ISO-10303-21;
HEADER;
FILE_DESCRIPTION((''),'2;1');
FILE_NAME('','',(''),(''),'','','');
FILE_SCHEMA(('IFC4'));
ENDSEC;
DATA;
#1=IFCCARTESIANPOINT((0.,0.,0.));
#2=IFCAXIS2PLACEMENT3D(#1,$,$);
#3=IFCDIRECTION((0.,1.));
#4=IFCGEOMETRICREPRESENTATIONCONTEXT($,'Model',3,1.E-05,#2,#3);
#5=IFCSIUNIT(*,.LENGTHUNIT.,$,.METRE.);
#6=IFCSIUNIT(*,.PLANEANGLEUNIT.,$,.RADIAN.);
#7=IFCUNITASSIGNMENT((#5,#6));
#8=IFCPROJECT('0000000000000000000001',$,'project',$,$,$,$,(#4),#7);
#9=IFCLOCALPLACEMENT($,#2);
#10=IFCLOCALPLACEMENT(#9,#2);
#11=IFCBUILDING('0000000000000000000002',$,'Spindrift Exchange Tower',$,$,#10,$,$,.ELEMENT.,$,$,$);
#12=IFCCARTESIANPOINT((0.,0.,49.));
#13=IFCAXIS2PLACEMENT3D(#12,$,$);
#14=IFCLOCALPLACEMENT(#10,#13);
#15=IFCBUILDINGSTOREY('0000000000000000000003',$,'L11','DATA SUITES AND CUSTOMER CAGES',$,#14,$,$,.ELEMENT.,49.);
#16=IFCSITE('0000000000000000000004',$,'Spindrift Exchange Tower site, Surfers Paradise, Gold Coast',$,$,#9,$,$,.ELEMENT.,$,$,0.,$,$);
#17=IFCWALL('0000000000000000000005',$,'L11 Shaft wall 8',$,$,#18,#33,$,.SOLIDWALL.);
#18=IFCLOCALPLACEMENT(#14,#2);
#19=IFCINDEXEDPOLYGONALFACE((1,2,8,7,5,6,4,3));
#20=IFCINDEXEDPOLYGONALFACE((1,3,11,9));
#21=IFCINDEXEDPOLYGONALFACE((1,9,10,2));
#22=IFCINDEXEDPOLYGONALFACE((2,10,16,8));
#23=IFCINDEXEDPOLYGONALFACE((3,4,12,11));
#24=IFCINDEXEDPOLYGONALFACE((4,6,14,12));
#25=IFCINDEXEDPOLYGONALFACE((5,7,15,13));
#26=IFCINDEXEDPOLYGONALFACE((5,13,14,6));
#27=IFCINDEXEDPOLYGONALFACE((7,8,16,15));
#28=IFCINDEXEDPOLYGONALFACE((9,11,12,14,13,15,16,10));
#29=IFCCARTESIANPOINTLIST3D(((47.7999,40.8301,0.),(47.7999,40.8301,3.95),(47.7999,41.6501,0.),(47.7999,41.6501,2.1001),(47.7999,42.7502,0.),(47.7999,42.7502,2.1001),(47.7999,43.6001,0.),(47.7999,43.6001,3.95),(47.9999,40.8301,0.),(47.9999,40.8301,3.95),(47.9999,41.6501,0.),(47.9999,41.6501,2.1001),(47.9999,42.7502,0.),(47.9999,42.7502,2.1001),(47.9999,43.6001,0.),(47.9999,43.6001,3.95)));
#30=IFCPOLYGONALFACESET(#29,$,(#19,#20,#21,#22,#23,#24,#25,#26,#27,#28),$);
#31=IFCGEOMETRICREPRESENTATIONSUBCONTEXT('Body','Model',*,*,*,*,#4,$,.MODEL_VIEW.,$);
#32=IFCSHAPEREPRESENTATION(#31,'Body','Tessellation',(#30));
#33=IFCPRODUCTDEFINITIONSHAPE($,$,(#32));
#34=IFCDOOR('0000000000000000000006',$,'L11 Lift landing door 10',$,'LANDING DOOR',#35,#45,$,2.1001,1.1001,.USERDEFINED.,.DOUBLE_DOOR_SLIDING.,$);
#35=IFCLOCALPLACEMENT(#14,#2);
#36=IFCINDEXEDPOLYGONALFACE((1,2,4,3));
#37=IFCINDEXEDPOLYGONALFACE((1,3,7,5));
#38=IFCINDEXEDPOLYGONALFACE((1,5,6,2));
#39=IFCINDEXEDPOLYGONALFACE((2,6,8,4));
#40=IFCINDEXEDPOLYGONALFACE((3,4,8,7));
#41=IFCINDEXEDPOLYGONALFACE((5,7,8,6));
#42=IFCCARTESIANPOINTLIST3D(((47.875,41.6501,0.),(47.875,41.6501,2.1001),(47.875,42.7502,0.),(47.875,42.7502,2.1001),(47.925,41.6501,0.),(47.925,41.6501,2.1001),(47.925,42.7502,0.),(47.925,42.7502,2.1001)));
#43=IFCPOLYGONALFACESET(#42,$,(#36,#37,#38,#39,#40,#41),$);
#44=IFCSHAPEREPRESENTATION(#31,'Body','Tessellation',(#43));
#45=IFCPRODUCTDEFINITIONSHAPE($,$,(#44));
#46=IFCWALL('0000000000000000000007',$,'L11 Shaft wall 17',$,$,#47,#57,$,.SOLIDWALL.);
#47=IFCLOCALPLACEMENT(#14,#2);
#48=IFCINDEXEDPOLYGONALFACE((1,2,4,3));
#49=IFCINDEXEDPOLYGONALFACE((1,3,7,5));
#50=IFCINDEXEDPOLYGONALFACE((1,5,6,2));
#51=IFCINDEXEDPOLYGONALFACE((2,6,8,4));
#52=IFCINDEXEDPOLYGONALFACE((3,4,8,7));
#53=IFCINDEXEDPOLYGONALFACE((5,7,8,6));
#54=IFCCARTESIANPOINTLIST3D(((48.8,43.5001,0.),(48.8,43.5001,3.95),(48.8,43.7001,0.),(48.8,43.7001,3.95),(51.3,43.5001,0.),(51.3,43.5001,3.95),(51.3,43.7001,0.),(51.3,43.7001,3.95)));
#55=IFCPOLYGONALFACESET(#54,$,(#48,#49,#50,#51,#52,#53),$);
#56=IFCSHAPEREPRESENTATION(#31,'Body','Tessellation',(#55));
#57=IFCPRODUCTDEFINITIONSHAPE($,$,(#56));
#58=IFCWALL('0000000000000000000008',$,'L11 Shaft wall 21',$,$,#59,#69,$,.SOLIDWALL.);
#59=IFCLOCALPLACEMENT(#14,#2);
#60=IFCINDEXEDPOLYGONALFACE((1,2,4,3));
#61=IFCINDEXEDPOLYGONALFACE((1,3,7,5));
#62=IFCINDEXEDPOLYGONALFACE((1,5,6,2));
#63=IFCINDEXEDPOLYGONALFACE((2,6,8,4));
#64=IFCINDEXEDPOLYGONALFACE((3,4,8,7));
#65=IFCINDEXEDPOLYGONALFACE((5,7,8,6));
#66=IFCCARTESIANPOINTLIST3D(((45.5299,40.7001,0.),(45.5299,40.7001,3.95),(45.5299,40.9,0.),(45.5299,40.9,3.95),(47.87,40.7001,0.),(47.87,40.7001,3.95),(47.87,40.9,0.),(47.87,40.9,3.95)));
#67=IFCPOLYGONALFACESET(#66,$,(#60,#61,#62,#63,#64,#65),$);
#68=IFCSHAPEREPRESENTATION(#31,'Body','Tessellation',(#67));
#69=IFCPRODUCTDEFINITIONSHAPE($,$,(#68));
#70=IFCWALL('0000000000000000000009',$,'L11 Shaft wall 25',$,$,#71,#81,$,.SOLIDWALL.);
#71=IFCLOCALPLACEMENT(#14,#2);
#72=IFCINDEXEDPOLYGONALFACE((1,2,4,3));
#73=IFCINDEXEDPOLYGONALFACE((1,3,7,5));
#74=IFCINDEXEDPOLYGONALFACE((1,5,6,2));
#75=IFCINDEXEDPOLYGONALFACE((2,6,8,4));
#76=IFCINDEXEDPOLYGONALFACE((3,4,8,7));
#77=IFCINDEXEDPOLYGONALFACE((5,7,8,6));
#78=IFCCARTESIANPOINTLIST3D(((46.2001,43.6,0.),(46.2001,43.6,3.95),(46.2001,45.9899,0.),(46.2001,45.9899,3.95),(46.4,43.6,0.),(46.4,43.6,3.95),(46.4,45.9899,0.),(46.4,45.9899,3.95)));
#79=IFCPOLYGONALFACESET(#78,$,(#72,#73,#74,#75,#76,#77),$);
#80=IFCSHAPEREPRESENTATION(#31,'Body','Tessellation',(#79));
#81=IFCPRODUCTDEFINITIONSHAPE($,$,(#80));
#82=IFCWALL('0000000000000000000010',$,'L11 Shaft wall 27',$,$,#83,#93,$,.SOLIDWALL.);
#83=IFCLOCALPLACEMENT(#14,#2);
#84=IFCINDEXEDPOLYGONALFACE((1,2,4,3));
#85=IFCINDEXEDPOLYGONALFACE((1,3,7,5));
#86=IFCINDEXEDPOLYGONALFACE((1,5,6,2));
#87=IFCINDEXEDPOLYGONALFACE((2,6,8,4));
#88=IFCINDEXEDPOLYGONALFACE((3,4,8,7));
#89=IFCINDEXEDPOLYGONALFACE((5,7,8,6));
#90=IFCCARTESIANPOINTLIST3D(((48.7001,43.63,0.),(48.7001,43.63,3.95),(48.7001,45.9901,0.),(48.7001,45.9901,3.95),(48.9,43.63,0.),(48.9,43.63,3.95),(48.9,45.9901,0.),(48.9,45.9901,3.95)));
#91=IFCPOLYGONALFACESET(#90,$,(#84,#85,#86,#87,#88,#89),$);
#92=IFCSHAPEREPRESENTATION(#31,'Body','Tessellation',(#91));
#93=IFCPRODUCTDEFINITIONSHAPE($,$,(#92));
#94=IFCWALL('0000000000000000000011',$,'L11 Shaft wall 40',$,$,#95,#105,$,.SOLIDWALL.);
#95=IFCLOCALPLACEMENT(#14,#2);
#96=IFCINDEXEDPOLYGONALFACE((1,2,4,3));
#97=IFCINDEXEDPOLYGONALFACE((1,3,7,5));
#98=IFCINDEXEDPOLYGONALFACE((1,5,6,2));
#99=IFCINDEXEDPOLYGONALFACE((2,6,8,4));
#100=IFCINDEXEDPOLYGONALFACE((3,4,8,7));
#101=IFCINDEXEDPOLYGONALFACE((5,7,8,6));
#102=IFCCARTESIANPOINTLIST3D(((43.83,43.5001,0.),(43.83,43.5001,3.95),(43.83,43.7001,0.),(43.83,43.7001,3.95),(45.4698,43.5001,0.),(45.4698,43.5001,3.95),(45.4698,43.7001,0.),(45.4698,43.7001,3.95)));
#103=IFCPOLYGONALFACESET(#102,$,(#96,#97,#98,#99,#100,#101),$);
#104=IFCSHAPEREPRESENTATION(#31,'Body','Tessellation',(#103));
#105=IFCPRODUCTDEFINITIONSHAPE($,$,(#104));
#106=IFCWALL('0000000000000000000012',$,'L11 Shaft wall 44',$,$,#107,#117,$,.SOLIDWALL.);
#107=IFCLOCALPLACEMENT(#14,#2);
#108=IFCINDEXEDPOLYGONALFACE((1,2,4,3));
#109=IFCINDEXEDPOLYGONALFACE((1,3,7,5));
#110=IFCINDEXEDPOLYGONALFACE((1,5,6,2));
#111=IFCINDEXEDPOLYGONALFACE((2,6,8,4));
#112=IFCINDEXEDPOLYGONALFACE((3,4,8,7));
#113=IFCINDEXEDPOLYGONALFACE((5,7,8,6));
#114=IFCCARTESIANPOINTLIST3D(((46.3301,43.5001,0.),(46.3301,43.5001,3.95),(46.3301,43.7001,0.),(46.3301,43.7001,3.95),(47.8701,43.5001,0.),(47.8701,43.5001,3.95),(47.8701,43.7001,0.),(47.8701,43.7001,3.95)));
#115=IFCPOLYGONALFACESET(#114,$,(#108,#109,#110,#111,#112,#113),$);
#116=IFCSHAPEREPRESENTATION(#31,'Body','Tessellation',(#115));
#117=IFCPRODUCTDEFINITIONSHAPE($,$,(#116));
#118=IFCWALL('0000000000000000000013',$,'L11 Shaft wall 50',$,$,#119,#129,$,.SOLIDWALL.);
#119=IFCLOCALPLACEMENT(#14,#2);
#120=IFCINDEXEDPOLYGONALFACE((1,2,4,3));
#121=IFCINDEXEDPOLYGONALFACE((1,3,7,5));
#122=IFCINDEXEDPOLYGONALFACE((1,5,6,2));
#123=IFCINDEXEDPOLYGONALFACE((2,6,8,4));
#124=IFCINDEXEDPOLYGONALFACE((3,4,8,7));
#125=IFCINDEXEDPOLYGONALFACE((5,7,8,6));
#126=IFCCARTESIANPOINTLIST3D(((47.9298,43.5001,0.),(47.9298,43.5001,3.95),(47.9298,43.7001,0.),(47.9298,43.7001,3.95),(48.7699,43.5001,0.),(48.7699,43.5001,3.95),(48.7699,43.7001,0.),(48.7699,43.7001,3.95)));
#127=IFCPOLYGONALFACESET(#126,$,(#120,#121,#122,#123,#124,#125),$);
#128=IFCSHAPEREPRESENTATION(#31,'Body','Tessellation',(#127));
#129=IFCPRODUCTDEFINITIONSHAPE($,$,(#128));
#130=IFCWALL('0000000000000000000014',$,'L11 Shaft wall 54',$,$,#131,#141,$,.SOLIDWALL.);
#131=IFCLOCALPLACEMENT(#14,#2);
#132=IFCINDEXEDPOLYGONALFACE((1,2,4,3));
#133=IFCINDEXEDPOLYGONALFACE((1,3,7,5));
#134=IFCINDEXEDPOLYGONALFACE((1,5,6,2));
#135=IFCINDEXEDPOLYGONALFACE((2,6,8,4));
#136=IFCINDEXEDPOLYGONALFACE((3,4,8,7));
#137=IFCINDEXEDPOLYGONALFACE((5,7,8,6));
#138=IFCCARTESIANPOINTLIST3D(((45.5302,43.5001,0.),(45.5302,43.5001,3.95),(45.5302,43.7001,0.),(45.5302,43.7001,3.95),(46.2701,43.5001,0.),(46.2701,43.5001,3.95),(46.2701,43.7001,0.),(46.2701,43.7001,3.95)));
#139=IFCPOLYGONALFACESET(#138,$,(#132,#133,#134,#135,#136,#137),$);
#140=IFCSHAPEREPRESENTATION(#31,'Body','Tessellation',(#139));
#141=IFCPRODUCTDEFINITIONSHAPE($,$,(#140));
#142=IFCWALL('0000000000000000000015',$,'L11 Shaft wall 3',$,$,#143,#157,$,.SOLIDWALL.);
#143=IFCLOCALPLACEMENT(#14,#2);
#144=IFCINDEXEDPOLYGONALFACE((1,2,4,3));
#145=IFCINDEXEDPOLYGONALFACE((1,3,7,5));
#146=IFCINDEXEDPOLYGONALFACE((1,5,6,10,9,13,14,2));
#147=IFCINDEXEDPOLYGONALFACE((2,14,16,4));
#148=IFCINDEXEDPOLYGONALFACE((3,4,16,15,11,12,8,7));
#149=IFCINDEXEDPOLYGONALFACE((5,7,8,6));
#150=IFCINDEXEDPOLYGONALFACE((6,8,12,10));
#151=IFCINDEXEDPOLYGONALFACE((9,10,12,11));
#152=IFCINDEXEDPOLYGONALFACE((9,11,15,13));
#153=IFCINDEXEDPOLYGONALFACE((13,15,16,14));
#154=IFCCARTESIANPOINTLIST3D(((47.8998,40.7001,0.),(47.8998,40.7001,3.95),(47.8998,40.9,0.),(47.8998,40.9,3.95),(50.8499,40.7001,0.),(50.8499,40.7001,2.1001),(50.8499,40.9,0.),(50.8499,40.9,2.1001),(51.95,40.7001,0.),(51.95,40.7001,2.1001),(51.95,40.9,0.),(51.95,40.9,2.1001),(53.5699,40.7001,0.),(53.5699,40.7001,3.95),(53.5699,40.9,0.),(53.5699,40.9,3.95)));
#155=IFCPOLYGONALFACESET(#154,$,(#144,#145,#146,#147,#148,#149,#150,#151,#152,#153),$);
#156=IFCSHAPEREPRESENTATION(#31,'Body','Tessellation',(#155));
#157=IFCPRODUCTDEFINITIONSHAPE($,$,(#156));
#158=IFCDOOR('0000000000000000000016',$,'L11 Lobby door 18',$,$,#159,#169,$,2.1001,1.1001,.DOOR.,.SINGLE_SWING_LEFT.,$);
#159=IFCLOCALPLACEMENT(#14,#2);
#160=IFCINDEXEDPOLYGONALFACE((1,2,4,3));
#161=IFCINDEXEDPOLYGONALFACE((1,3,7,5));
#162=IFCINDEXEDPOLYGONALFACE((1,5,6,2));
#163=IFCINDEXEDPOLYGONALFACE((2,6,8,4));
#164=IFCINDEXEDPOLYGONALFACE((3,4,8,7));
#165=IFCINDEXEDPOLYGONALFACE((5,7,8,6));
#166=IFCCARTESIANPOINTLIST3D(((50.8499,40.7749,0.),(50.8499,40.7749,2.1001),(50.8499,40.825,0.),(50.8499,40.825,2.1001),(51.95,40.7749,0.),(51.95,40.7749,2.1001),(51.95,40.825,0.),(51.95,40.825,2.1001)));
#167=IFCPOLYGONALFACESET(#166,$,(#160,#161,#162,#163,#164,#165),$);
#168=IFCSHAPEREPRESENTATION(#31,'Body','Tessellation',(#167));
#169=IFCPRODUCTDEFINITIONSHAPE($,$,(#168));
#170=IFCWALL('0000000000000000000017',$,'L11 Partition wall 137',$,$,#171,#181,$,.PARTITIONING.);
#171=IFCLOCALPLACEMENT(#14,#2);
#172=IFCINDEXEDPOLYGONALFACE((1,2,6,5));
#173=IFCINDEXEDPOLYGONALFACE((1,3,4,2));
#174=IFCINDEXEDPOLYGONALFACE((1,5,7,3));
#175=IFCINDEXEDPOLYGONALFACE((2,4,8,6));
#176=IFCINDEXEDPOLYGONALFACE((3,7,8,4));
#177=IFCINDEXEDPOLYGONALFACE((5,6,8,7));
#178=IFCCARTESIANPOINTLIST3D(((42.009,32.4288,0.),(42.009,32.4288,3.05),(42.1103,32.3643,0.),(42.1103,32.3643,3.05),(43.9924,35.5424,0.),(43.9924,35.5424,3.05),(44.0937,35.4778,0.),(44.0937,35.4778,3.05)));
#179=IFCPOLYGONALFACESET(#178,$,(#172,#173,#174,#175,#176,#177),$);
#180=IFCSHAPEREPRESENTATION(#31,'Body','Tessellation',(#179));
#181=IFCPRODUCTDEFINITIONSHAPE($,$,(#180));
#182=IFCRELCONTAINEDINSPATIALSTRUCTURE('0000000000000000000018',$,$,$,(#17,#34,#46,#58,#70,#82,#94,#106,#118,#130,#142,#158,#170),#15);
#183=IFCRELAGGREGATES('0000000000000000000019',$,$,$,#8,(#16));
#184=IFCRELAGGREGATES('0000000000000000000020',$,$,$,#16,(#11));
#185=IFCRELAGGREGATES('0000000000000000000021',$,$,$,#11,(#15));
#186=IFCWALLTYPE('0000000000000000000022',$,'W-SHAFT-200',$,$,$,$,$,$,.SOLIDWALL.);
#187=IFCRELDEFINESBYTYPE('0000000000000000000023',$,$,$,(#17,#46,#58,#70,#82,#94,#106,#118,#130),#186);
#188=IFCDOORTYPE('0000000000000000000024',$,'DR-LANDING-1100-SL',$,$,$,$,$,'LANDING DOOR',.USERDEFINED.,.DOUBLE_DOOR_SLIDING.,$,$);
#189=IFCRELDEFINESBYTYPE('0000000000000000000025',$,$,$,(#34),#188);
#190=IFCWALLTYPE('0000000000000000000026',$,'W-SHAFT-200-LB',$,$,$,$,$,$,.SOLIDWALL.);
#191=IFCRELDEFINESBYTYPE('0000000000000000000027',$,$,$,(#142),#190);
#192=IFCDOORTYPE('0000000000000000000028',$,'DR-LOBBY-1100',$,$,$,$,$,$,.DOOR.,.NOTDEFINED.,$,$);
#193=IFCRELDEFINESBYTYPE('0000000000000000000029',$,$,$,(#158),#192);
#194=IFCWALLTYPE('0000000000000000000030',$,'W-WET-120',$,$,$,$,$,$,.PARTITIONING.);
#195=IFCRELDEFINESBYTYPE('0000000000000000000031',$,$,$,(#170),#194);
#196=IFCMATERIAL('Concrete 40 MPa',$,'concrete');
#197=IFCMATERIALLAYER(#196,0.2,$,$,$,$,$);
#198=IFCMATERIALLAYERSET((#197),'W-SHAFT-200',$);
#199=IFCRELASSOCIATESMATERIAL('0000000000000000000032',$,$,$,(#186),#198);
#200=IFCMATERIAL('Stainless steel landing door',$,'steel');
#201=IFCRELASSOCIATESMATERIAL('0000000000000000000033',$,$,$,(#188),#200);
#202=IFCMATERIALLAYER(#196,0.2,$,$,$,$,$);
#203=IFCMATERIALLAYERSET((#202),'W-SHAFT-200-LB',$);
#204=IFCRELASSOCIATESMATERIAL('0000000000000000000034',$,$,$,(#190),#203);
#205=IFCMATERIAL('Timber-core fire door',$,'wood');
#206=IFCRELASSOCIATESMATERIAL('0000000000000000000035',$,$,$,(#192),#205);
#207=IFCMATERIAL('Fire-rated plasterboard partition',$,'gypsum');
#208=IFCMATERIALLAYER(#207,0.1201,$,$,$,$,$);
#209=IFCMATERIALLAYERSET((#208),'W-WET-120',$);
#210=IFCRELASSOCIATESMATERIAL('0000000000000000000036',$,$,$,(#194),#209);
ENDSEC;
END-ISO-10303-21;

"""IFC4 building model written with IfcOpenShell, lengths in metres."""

from ifc_helpers import new_model, si_unit, direction, frame, frame_2d, origin, place, context, subcontext, project, spatial, rectangle, extrude, source, transform, mapped, material, layer, layer_set, type_object, element, fill, save


model = new_model("IFC4")

# Units and contexts
model_context = context("Model", 3, precision=1e-05, world=origin(), true_north=direction((0.0, 1.0)))
body_context = subcontext(model_context, "Body", "Model", "MODEL_VIEW")
ifc_project = project(units=[si_unit("LENGTHUNIT", "METRE"), si_unit("PLANEANGLEUNIT", "RADIAN")], contexts=[model_context])

# Site, building, storey
site_placement = place(None, origin())
site = spatial("IfcSite", under=ifc_project, at=site_placement, Name="Spindrift Exchange Tower site, Surfers Paradise, Gold Coast", CompositionType="ELEMENT", RefElevation=0.0)
building_placement = place(site_placement, origin())
building = spatial("IfcBuilding", under=site, at=building_placement, Name="Spindrift Exchange Tower", CompositionType="ELEMENT")
storey_placement = place(building_placement, frame((0.0, 0.0, 49.0)))
storey = spatial("IfcBuildingStorey", under=building, at=storey_placement, Name="L11", Description="DATA SUITES AND CUSTOMER CAGES", CompositionType="ELEMENT", Elevation=49.0)

# Shared definitions
ifc_material_1 = material(Name="Fire-rated plasterboard partition", Category="gypsum")
ifc_material_2 = material(Name="Concrete 40 MPa", Category="concrete")
ifc_layer_1 = layer(ifc_material_2, 0.2)
ifc_layer_set_1 = layer_set([ifc_layer_1], Name="W-SHAFT-200")
wall_type_1 = type_object("IfcWallType", Name="W-SHAFT-200", PredefinedType="SOLIDWALL", material=ifc_layer_set_1)

# Wall, opening, door
wall_1_placement = place(storey_placement, frame((47.8999, 40.8301, 0.0), z_axis=(0.0, 0.0, 1.0), x_axis=(0.0, 1.0, 0.0)))
wall_1 = element("IfcWall", 1, at=wall_1_placement, inside=storey, type_object=wall_type_1, Name="L11 Shaft wall 8", PredefinedType="SOLIDWALL", context=body_context, shape_type="SweptSolid", body=[
    extrude(rectangle(XDim=2.77, YDim=0.2, at=frame_2d((1.385, 0.0))), origin(), (0.0, 0.0, 1.0), 3.95),
])
opening_1_placement = place(wall_1_placement, frame((0.8201, 0.0, 0.0)))
opening_1 = element("IfcOpeningElement", 2, at=opening_1_placement, cuts=wall_1, PredefinedType="OPENING", context=body_context, shape_type="SweptSolid", body=[
    extrude(rectangle(XDim=1.1001, YDim=2.1001, at=frame_2d((0.55, 1.05))), frame((0.0, 0.1099, 0.0), z_axis=(0.0, -1.0, 0.0), x_axis=(1.0, 0.0, 0.0)), (0.0, 0.0, 1.0), 0.22),
])
ifc_material_3 = material(Name="Stainless steel landing door", Category="steel")
door_type_1 = type_object("IfcDoorType", Name="DR-LANDING-1100-SL", ElementType="LANDING DOOR", OperationType="DOUBLE_DOOR_SLIDING", PredefinedType="USERDEFINED", material=ifc_material_3)
shared_shape_1 = source(origin(), body_context, "Body", "SweptSolid", [
    extrude(rectangle(XDim=1.1001, YDim=2.1001, at=frame_2d((0.55, 1.05))), frame((0.0, 0.0249, 0.0), z_axis=(0.0, -1.0, 0.0), x_axis=(1.0, 0.0, 0.0)), (0.0, 0.0, 1.0), 0.05),
])
door_1_placement = place(opening_1_placement, origin())
door_1 = element("IfcDoor", 3, at=door_1_placement, inside=storey, type_object=door_type_1, Name="L11 Lift landing door 10", ObjectType="LANDING DOOR", OperationType="DOUBLE_DOOR_SLIDING", OverallHeight=2.1001, OverallWidth=1.1001, PredefinedType="USERDEFINED", context=body_context, shape_type="MappedRepresentation", body=[
    mapped(shared_shape_1, transform((0.0, 0.0, 0.0), scale=1.0)),
])
fill(opening_1, door_1)

# Walls
wall_2_placement = place(storey_placement, frame((48.8, 43.6001, 0.0), z_axis=(0.0, 0.0, 1.0), x_axis=(1.0, 0.0, 0.0)))
element("IfcWall", 4, at=wall_2_placement, inside=storey, type_object=wall_type_1, Name="L11 Shaft wall 17", PredefinedType="SOLIDWALL", context=body_context, shape_type="SweptSolid", body=[
    extrude(rectangle(XDim=2.5, YDim=0.2, at=frame_2d((1.25, 0.0))), origin(), (0.0, 0.0, 1.0), 3.95),
])
wall_3_placement = place(storey_placement, frame((45.53, 40.8, 0.0), z_axis=(0.0, 0.0, 1.0), x_axis=(1.0, 0.0, 0.0)))
element("IfcWall", 5, at=wall_3_placement, inside=storey, type_object=wall_type_1, Name="L11 Shaft wall 21", PredefinedType="SOLIDWALL", context=body_context, shape_type="SweptSolid", body=[
    extrude(rectangle(XDim=2.3401, YDim=0.2, at=frame_2d((1.1699, 0.0))), origin(), (0.0, 0.0, 1.0), 3.95),
])
wall_4_placement = place(storey_placement, frame((46.3, 43.6001, 0.0), z_axis=(0.0, 0.0, 1.0), x_axis=(0.0, 1.0, 0.0)))
element("IfcWall", 6, at=wall_4_placement, inside=storey, type_object=wall_type_1, Name="L11 Shaft wall 25", PredefinedType="SOLIDWALL", context=body_context, shape_type="SweptSolid", body=[
    extrude(rectangle(XDim=2.3899, YDim=0.2, at=frame_2d((1.1948, 0.0))), origin(), (0.0, 0.0, 1.0), 3.95),
])
wall_5_placement = place(storey_placement, frame((48.8, 43.6299, 0.0), z_axis=(0.0, 0.0, 1.0), x_axis=(0.0, 1.0, 0.0)))
element("IfcWall", 7, at=wall_5_placement, inside=storey, type_object=wall_type_1, Name="L11 Shaft wall 27", PredefinedType="SOLIDWALL", context=body_context, shape_type="SweptSolid", body=[
    extrude(rectangle(XDim=2.3601, YDim=0.2, at=frame_2d((1.1802, 0.0))), origin(), (0.0, 0.0, 1.0), 3.95),
])
wall_6_placement = place(storey_placement, frame((43.8301, 43.6001, 0.0), z_axis=(0.0, 0.0, 1.0), x_axis=(1.0, 0.0, 0.0)))
element("IfcWall", 8, at=wall_6_placement, inside=storey, type_object=wall_type_1, Name="L11 Shaft wall 40", PredefinedType="SOLIDWALL", context=body_context, shape_type="SweptSolid", body=[
    extrude(rectangle(XDim=1.6399, YDim=0.2, at=frame_2d((0.8198, 0.0))), origin(), (0.0, 0.0, 1.0), 3.95),
])
wall_7_placement = place(storey_placement, frame((46.3301, 43.6001, 0.0), z_axis=(0.0, 0.0, 1.0), x_axis=(1.0, 0.0, 0.0)))
element("IfcWall", 9, at=wall_7_placement, inside=storey, type_object=wall_type_1, Name="L11 Shaft wall 44", PredefinedType="SOLIDWALL", context=body_context, shape_type="SweptSolid", body=[
    extrude(rectangle(XDim=1.54, YDim=0.2, at=frame_2d((0.77, 0.0))), origin(), (0.0, 0.0, 1.0), 3.95),
])
wall_8_placement = place(storey_placement, frame((47.9299, 43.6001, 0.0), z_axis=(0.0, 0.0, 1.0), x_axis=(1.0, 0.0, 0.0)))
element("IfcWall", 10, at=wall_8_placement, inside=storey, type_object=wall_type_1, Name="L11 Shaft wall 50", PredefinedType="SOLIDWALL", context=body_context, shape_type="SweptSolid", body=[
    extrude(rectangle(XDim=0.8401, YDim=0.2, at=frame_2d((0.4199, 0.0))), origin(), (0.0, 0.0, 1.0), 3.95),
])
wall_9_placement = place(storey_placement, frame((45.53, 43.6001, 0.0), z_axis=(0.0, 0.0, 1.0), x_axis=(1.0, 0.0, 0.0)))
element("IfcWall", 11, at=wall_9_placement, inside=storey, type_object=wall_type_1, Name="L11 Shaft wall 54", PredefinedType="SOLIDWALL", context=body_context, shape_type="SweptSolid", body=[
    extrude(rectangle(XDim=0.74, YDim=0.2, at=frame_2d((0.3701, 0.0))), origin(), (0.0, 0.0, 1.0), 3.95),
])

# Wall, opening, door
ifc_layer_2 = layer(ifc_material_2, 0.2)
ifc_layer_set_2 = layer_set([ifc_layer_2], Name="W-SHAFT-200-LB")
wall_type_2 = type_object("IfcWallType", Name="W-SHAFT-200-LB", PredefinedType="SOLIDWALL", material=ifc_layer_set_2)
wall_10_placement = place(storey_placement, frame((47.8999, 40.8, 0.0), z_axis=(0.0, 0.0, 1.0), x_axis=(1.0, 0.0, 0.0)))
wall_10 = element("IfcWall", 12, at=wall_10_placement, inside=storey, type_object=wall_type_2, Name="L11 Shaft wall 3", PredefinedType="SOLIDWALL", context=body_context, shape_type="SweptSolid", body=[
    extrude(rectangle(XDim=5.6702, YDim=0.2, at=frame_2d((2.835, 0.0))), origin(), (0.0, 0.0, 1.0), 3.95),
])
opening_2_placement = place(wall_10_placement, frame((2.95, 0.0, 0.0)))
opening_2 = element("IfcOpeningElement", 13, at=opening_2_placement, cuts=wall_10, PredefinedType="OPENING", context=body_context, shape_type="SweptSolid", body=[
    extrude(rectangle(XDim=1.1001, YDim=2.1001, at=frame_2d((0.55, 1.05))), frame((0.0, 0.1099, 0.0), z_axis=(0.0, -1.0, 0.0), x_axis=(1.0, 0.0, 0.0)), (0.0, 0.0, 1.0), 0.22),
])
ifc_material_4 = material(Name="Timber-core fire door", Category="wood")
door_type_2 = type_object("IfcDoorType", Name="DR-LOBBY-1100", OperationType="NOTDEFINED", PredefinedType="DOOR", material=ifc_material_4)
shared_shape_2 = source(origin(), body_context, "Body", "SweptSolid", [
    extrude(rectangle(XDim=1.1001, YDim=2.1001, at=frame_2d((0.55, 1.05))), frame((0.0, 0.0249, 0.0), z_axis=(0.0, -1.0, 0.0), x_axis=(1.0, 0.0, 0.0)), (0.0, 0.0, 1.0), 0.05),
])
door_2_placement = place(opening_2_placement, origin())
door_2 = element("IfcDoor", 14, at=door_2_placement, inside=storey, type_object=door_type_2, Name="L11 Lobby door 18", OperationType="SINGLE_SWING_LEFT", OverallHeight=2.1001, OverallWidth=1.1001, PredefinedType="DOOR", context=body_context, shape_type="MappedRepresentation", body=[
    mapped(shared_shape_2, transform((0.0, 0.0, 0.0), scale=1.0)),
])
fill(opening_2, door_2)

# Wall
ifc_layer_3 = layer(ifc_material_1, 0.1201)
ifc_layer_set_3 = layer_set([ifc_layer_3], Name="W-WET-120")
wall_type_3 = type_object("IfcWallType", Name="W-WET-120", PredefinedType="PARTITIONING", material=ifc_layer_set_3)
wall_11_placement = place(storey_placement, frame((44.043, 35.51, 0.0), z_axis=(0.0, 0.0, 1.0), x_axis=(-0.537273, -0.843408, 0.0)))
element("IfcWall", 15, at=wall_11_placement, inside=storey, type_object=wall_type_3, Name="L11 Partition wall 137", PredefinedType="PARTITIONING", context=body_context, shape_type="SweptSolid", body=[
    extrude(rectangle(XDim=3.6917, YDim=0.1201, at=frame_2d((1.8457, 0.0))), origin(), (0.0, 0.0, 1.0), 3.05),
])

save(model, "model.ifc")
